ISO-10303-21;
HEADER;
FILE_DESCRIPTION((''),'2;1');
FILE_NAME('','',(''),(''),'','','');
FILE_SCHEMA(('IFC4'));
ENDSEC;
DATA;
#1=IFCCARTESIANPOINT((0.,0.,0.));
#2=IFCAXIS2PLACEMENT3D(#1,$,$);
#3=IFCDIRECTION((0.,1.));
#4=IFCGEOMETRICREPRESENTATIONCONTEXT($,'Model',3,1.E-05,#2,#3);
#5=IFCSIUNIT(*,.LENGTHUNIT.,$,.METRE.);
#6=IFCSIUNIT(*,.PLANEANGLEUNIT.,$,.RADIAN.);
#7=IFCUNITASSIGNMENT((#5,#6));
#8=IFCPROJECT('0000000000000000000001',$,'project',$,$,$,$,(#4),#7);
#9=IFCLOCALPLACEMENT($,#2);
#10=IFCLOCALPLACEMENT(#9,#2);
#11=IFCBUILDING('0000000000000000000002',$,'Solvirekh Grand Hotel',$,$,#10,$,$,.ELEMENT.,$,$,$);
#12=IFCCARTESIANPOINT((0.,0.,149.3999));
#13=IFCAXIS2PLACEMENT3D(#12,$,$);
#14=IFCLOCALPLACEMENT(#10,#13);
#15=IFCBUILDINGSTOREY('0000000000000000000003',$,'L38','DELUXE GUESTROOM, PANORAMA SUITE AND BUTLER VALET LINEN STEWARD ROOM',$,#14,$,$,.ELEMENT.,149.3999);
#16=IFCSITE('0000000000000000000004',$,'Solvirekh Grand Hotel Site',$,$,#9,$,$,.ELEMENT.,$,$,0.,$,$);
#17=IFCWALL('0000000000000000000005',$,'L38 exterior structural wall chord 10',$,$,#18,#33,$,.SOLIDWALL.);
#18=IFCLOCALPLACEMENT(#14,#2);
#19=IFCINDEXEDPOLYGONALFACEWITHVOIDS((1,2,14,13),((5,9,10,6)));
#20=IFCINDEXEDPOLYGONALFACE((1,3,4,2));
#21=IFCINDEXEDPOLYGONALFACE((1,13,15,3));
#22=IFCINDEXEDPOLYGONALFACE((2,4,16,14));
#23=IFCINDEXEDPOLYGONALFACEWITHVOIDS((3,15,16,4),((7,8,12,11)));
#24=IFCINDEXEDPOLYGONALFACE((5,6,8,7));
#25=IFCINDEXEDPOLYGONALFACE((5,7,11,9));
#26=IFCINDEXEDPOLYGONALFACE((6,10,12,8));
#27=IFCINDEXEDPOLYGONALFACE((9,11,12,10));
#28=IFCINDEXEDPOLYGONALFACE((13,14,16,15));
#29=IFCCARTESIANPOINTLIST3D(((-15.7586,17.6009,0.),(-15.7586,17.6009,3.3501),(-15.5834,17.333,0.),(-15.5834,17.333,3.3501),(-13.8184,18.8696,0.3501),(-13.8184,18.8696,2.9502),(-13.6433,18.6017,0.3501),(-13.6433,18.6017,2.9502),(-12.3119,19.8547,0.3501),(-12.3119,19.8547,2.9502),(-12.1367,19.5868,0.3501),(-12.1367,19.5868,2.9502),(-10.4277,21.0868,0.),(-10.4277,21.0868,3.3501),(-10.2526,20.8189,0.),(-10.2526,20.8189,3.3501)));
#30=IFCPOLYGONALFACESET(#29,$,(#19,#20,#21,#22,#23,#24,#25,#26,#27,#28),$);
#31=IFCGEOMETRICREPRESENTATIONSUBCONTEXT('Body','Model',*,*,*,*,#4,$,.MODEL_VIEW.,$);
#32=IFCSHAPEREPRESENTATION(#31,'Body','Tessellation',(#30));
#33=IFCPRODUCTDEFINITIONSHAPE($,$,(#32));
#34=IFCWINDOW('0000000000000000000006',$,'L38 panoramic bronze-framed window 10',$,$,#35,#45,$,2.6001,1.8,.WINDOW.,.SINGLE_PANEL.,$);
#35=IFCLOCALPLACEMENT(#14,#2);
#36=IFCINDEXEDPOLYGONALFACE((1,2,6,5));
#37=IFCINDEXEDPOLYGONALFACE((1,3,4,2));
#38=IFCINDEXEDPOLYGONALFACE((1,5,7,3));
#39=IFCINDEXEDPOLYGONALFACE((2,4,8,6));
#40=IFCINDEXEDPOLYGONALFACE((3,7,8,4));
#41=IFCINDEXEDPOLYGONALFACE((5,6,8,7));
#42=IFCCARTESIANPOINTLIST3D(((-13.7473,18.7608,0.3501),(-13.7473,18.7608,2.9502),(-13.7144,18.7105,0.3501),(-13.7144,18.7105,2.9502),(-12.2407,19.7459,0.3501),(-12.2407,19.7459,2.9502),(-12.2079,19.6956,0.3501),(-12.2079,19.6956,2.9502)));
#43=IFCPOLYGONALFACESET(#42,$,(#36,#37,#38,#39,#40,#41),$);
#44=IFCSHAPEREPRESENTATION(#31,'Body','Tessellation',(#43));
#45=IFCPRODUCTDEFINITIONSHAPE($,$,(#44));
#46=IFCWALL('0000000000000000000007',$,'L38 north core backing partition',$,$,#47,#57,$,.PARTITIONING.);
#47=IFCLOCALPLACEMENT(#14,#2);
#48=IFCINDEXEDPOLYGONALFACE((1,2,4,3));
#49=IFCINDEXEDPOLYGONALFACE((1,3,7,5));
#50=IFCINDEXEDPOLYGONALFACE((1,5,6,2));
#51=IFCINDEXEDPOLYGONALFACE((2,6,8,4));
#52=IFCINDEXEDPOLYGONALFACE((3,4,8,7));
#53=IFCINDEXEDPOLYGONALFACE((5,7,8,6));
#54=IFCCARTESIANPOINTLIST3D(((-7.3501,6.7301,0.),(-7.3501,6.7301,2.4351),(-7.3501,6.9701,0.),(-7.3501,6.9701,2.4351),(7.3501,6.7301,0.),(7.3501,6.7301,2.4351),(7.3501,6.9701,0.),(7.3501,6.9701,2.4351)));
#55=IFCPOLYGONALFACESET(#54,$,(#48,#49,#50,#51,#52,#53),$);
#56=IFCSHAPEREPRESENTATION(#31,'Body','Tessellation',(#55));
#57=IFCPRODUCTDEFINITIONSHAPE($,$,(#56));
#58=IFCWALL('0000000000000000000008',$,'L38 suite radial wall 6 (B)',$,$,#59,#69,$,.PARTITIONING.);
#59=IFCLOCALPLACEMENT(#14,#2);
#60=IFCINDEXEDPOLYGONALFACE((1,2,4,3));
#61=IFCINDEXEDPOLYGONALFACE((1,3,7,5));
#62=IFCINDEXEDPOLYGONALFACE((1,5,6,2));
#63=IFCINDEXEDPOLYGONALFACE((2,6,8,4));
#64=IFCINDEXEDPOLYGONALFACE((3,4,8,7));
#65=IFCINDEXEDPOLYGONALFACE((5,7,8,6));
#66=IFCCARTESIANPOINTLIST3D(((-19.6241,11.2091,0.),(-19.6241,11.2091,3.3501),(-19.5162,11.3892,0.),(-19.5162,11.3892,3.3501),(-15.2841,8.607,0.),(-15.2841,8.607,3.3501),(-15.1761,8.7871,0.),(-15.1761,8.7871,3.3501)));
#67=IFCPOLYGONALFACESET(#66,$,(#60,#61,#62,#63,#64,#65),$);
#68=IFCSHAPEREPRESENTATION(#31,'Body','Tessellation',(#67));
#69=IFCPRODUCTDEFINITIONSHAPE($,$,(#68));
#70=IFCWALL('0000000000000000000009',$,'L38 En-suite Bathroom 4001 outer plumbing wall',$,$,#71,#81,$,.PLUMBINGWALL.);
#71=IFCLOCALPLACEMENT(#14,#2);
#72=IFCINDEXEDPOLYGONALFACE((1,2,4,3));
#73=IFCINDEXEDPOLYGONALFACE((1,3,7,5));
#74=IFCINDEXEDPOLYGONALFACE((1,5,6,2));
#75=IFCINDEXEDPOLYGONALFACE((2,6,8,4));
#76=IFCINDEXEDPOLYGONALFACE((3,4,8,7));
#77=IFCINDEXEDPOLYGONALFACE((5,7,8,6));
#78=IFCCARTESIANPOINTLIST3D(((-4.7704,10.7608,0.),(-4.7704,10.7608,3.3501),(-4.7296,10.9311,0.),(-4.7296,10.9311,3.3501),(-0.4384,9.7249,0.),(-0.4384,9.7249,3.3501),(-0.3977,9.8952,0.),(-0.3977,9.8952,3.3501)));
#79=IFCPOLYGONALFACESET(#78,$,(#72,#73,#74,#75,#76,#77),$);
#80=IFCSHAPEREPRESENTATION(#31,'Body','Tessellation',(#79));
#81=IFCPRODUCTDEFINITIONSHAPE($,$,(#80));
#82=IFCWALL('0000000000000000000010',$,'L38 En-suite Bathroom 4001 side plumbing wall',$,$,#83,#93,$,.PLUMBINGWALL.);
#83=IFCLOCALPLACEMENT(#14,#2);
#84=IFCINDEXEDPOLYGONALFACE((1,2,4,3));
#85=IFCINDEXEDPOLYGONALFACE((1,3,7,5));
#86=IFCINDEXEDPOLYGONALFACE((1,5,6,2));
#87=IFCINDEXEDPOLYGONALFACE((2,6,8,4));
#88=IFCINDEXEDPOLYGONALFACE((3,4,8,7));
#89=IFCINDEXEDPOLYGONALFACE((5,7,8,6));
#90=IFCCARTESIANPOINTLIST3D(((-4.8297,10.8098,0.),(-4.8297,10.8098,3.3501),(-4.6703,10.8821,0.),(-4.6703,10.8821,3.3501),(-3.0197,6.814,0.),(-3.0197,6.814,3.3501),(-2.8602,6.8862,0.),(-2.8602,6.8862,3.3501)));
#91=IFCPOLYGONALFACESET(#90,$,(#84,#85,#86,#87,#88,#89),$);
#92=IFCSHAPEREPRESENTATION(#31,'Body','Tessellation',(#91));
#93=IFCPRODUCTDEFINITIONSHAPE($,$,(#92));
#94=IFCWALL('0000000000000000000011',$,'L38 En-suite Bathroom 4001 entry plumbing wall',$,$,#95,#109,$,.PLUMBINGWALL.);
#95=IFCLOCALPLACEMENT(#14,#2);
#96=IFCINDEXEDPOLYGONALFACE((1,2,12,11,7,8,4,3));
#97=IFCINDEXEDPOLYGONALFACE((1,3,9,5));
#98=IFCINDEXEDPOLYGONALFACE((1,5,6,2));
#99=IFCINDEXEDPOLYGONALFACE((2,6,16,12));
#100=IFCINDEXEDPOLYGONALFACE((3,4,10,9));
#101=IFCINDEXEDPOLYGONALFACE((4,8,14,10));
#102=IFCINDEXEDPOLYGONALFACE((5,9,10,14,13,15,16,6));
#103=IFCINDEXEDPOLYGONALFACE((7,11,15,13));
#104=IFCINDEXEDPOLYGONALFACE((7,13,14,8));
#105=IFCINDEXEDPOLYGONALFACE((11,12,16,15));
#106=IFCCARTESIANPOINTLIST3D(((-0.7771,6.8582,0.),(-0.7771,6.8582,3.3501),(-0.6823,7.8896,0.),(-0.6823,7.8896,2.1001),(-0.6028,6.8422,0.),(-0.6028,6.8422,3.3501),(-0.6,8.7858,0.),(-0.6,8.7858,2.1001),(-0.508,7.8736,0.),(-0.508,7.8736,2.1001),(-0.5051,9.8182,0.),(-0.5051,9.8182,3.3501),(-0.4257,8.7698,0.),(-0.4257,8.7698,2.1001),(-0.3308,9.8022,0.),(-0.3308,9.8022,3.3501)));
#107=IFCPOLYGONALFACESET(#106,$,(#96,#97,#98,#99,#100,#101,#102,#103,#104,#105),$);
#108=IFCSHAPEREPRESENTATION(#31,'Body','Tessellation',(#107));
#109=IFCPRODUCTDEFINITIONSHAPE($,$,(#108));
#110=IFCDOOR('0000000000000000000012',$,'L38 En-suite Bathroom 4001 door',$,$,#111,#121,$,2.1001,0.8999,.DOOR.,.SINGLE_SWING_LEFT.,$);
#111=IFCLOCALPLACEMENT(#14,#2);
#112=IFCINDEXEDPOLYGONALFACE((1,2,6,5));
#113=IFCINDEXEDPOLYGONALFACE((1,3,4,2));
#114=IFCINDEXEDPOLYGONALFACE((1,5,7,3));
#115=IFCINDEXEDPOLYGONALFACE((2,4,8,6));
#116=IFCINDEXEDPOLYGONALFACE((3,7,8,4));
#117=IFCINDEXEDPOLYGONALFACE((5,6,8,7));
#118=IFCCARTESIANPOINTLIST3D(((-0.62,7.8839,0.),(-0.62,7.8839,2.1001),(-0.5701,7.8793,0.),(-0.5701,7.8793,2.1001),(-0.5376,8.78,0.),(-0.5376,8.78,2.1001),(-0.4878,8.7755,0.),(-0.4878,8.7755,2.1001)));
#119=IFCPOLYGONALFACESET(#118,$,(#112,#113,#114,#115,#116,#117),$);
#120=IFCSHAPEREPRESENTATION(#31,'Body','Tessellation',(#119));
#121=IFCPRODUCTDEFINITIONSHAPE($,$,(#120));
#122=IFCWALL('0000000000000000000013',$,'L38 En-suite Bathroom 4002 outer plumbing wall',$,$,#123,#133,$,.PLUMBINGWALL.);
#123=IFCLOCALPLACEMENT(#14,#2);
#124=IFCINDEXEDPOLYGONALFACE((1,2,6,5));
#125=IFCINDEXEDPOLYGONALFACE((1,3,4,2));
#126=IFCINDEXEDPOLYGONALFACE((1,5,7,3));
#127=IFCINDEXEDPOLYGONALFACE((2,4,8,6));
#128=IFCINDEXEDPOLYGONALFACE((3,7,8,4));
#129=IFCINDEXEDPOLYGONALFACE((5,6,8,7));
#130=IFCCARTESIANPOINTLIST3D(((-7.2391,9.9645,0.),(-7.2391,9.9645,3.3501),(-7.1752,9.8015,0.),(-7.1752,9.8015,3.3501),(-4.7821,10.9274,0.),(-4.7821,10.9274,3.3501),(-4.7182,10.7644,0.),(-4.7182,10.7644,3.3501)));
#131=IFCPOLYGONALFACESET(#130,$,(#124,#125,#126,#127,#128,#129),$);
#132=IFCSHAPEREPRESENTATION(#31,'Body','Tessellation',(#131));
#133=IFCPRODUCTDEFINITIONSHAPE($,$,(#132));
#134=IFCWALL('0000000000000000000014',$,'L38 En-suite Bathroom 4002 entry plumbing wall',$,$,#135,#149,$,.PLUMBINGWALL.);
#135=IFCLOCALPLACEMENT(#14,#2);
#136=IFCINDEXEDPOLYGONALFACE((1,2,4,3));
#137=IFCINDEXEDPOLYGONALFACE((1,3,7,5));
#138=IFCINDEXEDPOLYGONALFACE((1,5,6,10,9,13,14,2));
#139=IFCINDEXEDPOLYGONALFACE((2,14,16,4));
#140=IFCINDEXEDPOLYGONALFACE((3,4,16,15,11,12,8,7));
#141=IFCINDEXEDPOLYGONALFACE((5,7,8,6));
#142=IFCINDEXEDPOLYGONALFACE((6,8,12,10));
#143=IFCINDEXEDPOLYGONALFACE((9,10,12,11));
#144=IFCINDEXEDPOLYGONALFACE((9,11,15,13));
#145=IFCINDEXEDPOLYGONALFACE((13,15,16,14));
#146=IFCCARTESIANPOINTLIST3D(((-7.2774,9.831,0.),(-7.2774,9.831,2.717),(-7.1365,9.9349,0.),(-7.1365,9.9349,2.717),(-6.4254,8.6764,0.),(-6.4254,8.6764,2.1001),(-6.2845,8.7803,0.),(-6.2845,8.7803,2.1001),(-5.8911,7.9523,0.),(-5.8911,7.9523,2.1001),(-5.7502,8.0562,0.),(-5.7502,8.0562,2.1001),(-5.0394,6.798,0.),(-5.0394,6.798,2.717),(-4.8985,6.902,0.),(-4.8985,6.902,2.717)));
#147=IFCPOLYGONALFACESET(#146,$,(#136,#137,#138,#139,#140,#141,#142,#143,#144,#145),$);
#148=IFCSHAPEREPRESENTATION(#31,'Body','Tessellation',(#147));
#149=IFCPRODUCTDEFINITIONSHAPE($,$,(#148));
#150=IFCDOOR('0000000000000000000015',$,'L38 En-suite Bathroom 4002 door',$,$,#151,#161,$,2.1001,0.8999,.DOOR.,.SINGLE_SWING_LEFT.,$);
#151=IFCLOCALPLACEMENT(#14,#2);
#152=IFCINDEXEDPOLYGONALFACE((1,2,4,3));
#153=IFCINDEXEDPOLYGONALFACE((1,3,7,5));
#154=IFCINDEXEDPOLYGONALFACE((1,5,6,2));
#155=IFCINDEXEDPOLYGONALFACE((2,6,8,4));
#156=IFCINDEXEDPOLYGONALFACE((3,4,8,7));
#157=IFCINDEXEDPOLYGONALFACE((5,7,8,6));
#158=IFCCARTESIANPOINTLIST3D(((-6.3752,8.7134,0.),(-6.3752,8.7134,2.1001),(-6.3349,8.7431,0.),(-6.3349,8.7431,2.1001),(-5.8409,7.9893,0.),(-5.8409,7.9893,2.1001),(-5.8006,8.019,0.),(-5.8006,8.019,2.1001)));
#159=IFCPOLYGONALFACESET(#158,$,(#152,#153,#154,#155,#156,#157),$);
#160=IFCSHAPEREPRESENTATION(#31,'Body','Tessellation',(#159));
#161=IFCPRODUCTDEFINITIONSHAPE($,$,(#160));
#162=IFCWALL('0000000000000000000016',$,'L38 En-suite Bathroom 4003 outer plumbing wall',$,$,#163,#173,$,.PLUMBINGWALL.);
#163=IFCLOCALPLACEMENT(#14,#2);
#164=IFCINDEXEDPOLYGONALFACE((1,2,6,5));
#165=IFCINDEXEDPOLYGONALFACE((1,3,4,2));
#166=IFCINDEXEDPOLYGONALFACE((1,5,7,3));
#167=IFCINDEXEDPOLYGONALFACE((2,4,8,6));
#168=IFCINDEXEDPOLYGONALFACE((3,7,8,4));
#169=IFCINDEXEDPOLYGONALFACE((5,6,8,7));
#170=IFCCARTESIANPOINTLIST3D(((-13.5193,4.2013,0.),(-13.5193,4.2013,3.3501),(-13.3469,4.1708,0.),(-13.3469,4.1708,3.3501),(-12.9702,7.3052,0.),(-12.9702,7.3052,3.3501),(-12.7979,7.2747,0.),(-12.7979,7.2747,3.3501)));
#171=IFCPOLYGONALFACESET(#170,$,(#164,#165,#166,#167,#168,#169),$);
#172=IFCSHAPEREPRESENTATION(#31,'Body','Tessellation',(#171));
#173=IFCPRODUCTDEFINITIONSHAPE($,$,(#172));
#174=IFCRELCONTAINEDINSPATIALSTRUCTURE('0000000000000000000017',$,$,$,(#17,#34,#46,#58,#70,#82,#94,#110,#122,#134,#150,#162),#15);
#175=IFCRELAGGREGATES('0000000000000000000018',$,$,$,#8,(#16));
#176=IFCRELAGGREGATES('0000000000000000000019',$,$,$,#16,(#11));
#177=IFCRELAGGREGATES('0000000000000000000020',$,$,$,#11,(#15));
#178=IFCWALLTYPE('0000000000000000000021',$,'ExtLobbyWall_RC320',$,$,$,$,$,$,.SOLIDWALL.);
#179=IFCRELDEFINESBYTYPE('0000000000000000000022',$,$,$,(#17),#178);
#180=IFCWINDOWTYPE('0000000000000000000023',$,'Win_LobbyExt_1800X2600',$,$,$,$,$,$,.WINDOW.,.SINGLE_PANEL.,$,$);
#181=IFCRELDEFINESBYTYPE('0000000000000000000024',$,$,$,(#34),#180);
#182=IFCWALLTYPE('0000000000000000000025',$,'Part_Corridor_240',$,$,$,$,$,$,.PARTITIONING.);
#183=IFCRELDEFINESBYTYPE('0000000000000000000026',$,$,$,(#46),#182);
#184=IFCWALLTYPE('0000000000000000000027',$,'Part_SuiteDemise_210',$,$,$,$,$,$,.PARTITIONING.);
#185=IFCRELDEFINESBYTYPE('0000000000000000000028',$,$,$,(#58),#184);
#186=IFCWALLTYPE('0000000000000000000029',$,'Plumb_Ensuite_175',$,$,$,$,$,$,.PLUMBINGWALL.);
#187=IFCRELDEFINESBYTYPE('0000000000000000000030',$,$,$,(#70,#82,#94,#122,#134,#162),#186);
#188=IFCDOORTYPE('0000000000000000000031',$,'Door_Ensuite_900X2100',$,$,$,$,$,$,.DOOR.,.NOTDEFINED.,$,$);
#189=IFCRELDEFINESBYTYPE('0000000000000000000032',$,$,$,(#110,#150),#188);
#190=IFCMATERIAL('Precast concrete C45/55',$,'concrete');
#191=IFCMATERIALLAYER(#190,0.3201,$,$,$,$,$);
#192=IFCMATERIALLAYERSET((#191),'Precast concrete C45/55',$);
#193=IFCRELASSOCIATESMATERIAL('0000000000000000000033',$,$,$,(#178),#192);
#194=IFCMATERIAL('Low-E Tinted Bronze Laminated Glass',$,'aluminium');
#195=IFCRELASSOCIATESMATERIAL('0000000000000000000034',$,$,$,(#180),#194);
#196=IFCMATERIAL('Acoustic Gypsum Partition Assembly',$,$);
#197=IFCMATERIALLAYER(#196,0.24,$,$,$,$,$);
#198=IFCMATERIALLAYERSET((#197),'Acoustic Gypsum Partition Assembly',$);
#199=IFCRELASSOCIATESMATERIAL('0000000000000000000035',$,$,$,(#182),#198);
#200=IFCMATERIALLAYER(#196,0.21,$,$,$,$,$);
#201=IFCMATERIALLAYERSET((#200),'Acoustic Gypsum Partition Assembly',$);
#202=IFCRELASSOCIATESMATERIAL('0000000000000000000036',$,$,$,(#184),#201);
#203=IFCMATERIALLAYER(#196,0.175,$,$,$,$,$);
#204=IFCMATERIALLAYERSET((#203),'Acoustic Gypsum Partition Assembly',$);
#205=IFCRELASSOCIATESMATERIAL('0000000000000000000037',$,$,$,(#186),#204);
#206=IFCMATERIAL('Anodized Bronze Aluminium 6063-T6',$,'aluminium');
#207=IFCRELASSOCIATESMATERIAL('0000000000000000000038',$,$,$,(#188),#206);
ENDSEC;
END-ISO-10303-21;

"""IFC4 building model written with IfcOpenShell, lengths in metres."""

from ifc_helpers import new_model, si_unit, direction, frame, frame_2d, origin, place, context, subcontext, project, spatial, rectangle, extrude, material, layer, layer_set, type_object, element, fill, save


model = new_model("IFC4")

# Units and contexts
model_context = context("Model", 3, precision=1e-05, world=origin(), true_north=direction((0.0, 1.0)))
body_context = subcontext(model_context, "Body", "Model", "MODEL_VIEW")
ifc_project = project(units=[si_unit("LENGTHUNIT", "METRE"), si_unit("PLANEANGLEUNIT", "RADIAN")], contexts=[model_context])

# Site, building, storey
site_placement = place(None, origin())
site = spatial("IfcSite", under=ifc_project, at=site_placement, Name="Solvirekh Grand Hotel Site", CompositionType="ELEMENT", RefElevation=0.0)
building_placement = place(site_placement, origin())
building = spatial("IfcBuilding", under=site, at=building_placement, Name="Solvirekh Grand Hotel", CompositionType="ELEMENT")
storey_placement = place(building_placement, frame((0.0, 0.0, 149.3999)))
storey = spatial("IfcBuildingStorey", under=building, at=storey_placement, Name="L38", Description="DELUXE GUESTROOM, PANORAMA SUITE AND BUTLER VALET LINEN STEWARD ROOM", CompositionType="ELEMENT", Elevation=149.3999)

# Shared definitions
ifc_material_1 = material(Name="Anodized Bronze Aluminium 6063-T6", Category="aluminium")

# Shared definitions
ifc_material_2 = material(Name="Low-E Tinted Bronze Laminated Glass", Category="aluminium")

# Wall, opening, window
ifc_material_3 = material(Name="Precast concrete C45/55", Category="concrete")
ifc_layer_1 = layer(ifc_material_3, 0.3201)
ifc_layer_set_1 = layer_set([ifc_layer_1], Name="Precast concrete C45/55")
wall_type_1 = type_object("IfcWallType", Name="ExtLobbyWall_RC320", PredefinedType="SOLIDWALL", material=ifc_layer_set_1)
window_type = type_object("IfcWindowType", Name="Win_LobbyExt_1800X2600", PartitioningType="SINGLE_PANEL", PredefinedType="WINDOW", material=ifc_material_2)
wall_1_placement = place(storey_placement, frame((-15.6709, 17.467, 0.0), z_axis=(0.0, 0.0, 1.0), x_axis=(0.836947, 0.547283, 0.0)))
wall_1 = element("IfcWall", 1, at=wall_1_placement, inside=storey, type_object=wall_type_1, Name="L38 exterior structural wall chord 10", PredefinedType="SOLIDWALL", context=body_context, shape_type="SweptSolid", body=[
    extrude(rectangle(XDim=6.3694, YDim=0.3201, at=frame_2d((3.1846, 0.0))), origin(), (0.0, 0.0, 1.0), 3.3501),
])
opening_1_placement = place(wall_1_placement, frame((2.3181, 0.0, 0.3501)))
opening_1 = element("IfcOpeningElement", 2, at=opening_1_placement, cuts=wall_1, PredefinedType="OPENING", context=body_context, shape_type="SweptSolid", body=[
    extrude(rectangle(XDim=1.8, YDim=2.6001, at=frame_2d((0.8999, 1.3))), frame((0.0, 0.1699, 0.0), z_axis=(0.0, -1.0, 0.0), x_axis=(1.0, 0.0, 0.0)), (0.0, 0.0, 1.0), 0.3401),
])
window_1_placement = place(opening_1_placement, origin())
window_1 = element("IfcWindow", 3, at=window_1_placement, inside=storey, type_object=window_type, Name="L38 panoramic bronze-framed window 10", OverallHeight=2.6001, OverallWidth=1.8, PartitioningType="SINGLE_PANEL", PredefinedType="WINDOW", context=body_context, shape_type="SweptSolid", body=[
    extrude(rectangle(XDim=1.8, YDim=2.6001, at=frame_2d((0.8999, 1.3))), frame((0.0, 0.03, 0.0), z_axis=(0.0, -1.0, 0.0), x_axis=(1.0, 0.0, 0.0)), (0.0, 0.0, 1.0), 0.0601),
])
fill(opening_1, window_1)

# Walls
ifc_material_4 = material(Name="Acoustic Gypsum Partition Assembly")
ifc_layer_2 = layer(ifc_material_4, 0.24)
ifc_layer_set_2 = layer_set([ifc_layer_2], Name="Acoustic Gypsum Partition Assembly")
wall_type_2 = type_object("IfcWallType", Name="Part_Corridor_240", PredefinedType="PARTITIONING", material=ifc_layer_set_2)
wall_2_placement = place(storey_placement, frame((-7.3501, 6.8501, 0.0), z_axis=(0.0, 0.0, 1.0), x_axis=(1.0, 0.0, 0.0)))
element("IfcWall", 4, at=wall_2_placement, inside=storey, type_object=wall_type_2, Name="L38 north core backing partition", PredefinedType="PARTITIONING", context=body_context, shape_type="SweptSolid", body=[
    extrude(rectangle(XDim=14.7002, YDim=0.24, at=frame_2d((7.3501, 0.0))), origin(), (0.0, 0.0, 1.0), 2.4351),
])
ifc_layer_3 = layer(ifc_material_4, 0.21)
ifc_layer_set_3 = layer_set([ifc_layer_3], Name="Acoustic Gypsum Partition Assembly")
wall_type_3 = type_object("IfcWallType", Name="Part_SuiteDemise_210", PredefinedType="PARTITIONING", material=ifc_layer_set_3)
wall_3_placement = place(storey_placement, frame((-15.23, 8.697, 0.0), z_axis=(0.0, 0.0, 1.0), x_axis=(-0.857667, 0.514205, 0.0)))
element("IfcWall", 5, at=wall_3_placement, inside=storey, type_object=wall_type_3, Name="L38 suite radial wall 6 (B)", PredefinedType="PARTITIONING", context=body_context, shape_type="SweptSolid", body=[
    extrude(rectangle(XDim=5.0603, YDim=0.21, at=frame_2d((2.5303, 0.0))), origin(), (0.0, 0.0, 1.0), 3.3501),
])
ifc_layer_4 = layer(ifc_material_4, 0.175)
ifc_layer_set_4 = layer_set([ifc_layer_4], Name="Acoustic Gypsum Partition Assembly")
wall_type_4 = type_object("IfcWallType", Name="Plumb_Ensuite_175", PredefinedType="PLUMBINGWALL", material=ifc_layer_set_4)
wall_4_placement = place(storey_placement, frame((-4.75, 10.8459, 0.0), z_axis=(0.0, 0.0, 1.0), x_axis=(0.972581, -0.232566, 0.0)))
element("IfcWall", 6, at=wall_4_placement, inside=storey, type_object=wall_type_4, Name="L38 En-suite Bathroom 4001 outer plumbing wall", PredefinedType="PLUMBINGWALL", context=body_context, shape_type="SweptSolid", body=[
    extrude(rectangle(XDim=4.4541, YDim=0.175, at=frame_2d((2.2271, 0.0))), origin(), (0.0, 0.0, 1.0), 3.3501),
])
wall_5_placement = place(storey_placement, frame((-4.75, 10.8459, 0.0), z_axis=(0.0, 0.0, 1.0), x_axis=(0.412624, -0.910901, 0.0)))
element("IfcWall", 7, at=wall_5_placement, inside=storey, type_object=wall_type_4, Name="L38 En-suite Bathroom 4001 side plumbing wall", PredefinedType="PLUMBINGWALL", context=body_context, shape_type="SweptSolid", body=[
    extrude(rectangle(XDim=4.3867, YDim=0.175, at=frame_2d((2.1934, 0.0))), origin(), (0.0, 0.0, 1.0), 3.3501),
])

# Wall, opening, door
wall_6_placement = place(storey_placement, frame((-0.6899, 6.8501, 0.0), z_axis=(0.0, 0.0, 1.0), x_axis=(0.091498, 0.995805, 0.0)))
wall_6 = element("IfcWall", 8, at=wall_6_placement, inside=storey, type_object=wall_type_4, Name="L38 En-suite Bathroom 4001 entry plumbing wall", PredefinedType="PLUMBINGWALL", context=body_context, shape_type="SweptSolid", body=[
    extrude(rectangle(XDim=2.9724, YDim=0.175, at=frame_2d((1.4863, 0.0))), origin(), (0.0, 0.0, 1.0), 3.3501),
])
opening_2_placement = place(wall_6_placement, frame((1.0359, 0.0, 0.0)))
opening_2 = element("IfcOpeningElement", 9, at=opening_2_placement, cuts=wall_6, PredefinedType="OPENING", context=body_context, shape_type="SweptSolid", body=[
    extrude(rectangle(XDim=0.8999, YDim=2.1001, at=frame_2d((0.45, 1.05))), frame((0.0, 0.0977, 0.0), z_axis=(0.0, -1.0, 0.0), x_axis=(1.0, 0.0, 0.0)), (0.0, 0.0, 1.0), 0.1951),
])
door_type = type_object("IfcDoorType", Name="Door_Ensuite_900X2100", OperationType="NOTDEFINED", PredefinedType="DOOR", material=ifc_material_1)
door_1_placement = place(opening_2_placement, origin())
door_1 = element("IfcDoor", 10, at=door_1_placement, inside=storey, type_object=door_type, Name="L38 En-suite Bathroom 4001 door", OperationType="SINGLE_SWING_LEFT", OverallHeight=2.1001, OverallWidth=0.8999, PredefinedType="DOOR", context=body_context, shape_type="SweptSolid", body=[
    extrude(rectangle(XDim=0.8999, YDim=2.1001, at=frame_2d((0.45, 1.05))), frame((0.0, 0.0249, 0.0), z_axis=(0.0, -1.0, 0.0), x_axis=(1.0, 0.0, 0.0)), (0.0, 0.0, 1.0), 0.05),
])
fill(opening_2, door_1)

# Wall
wall_7_placement = place(storey_placement, frame((-7.207, 9.8831, 0.0), z_axis=(0.0, 0.0, 1.0), x_axis=(0.931057, 0.364874, 0.0)))
element("IfcWall", 11, at=wall_7_placement, inside=storey, type_object=wall_type_4, Name="L38 En-suite Bathroom 4002 outer plumbing wall", PredefinedType="PLUMBINGWALL", context=body_context, shape_type="SweptSolid", body=[
    extrude(rectangle(XDim=2.6389, YDim=0.175, at=frame_2d((1.3193, 0.0))), origin(), (0.0, 0.0, 1.0), 3.3501),
])

# Wall, opening, door
wall_8_placement = place(storey_placement, frame((-7.207, 9.8831, 0.0), z_axis=(0.0, 0.0, 1.0), x_axis=(0.593753, -0.804647, 0.0)))
wall_8 = element("IfcWall", 12, at=wall_8_placement, inside=storey, type_object=wall_type_4, Name="L38 En-suite Bathroom 4002 entry plumbing wall", PredefinedType="PLUMBINGWALL", context=body_context, shape_type="SweptSolid", body=[
    extrude(rectangle(XDim=3.7693, YDim=0.175, at=frame_2d((1.8848, 0.0))), origin(), (0.0, 0.0, 1.0), 2.717),
])
opening_3_placement = place(wall_8_placement, frame((1.4351, 0.0, 0.0)))
opening_3 = element("IfcOpeningElement", 13, at=opening_3_placement, cuts=wall_8, PredefinedType="OPENING", context=body_context, shape_type="SweptSolid", body=[
    extrude(rectangle(XDim=0.8999, YDim=2.1001, at=frame_2d((0.45, 1.05))), frame((0.0, 0.0977, 0.0), z_axis=(0.0, -1.0, 0.0), x_axis=(1.0, 0.0, 0.0)), (0.0, 0.0, 1.0), 0.1951),
])
door_2_placement = place(opening_3_placement, origin())
door_2 = element("IfcDoor", 14, at=door_2_placement, inside=storey, type_object=door_type, Name="L38 En-suite Bathroom 4002 door", OperationType="SINGLE_SWING_LEFT", OverallHeight=2.1001, OverallWidth=0.8999, PredefinedType="DOOR", context=body_context, shape_type="SweptSolid", body=[
    extrude(rectangle(XDim=0.8999, YDim=2.1001, at=frame_2d((0.45, 1.05))), frame((0.0, 0.0249, 0.0), z_axis=(0.0, -1.0, 0.0), x_axis=(1.0, 0.0, 0.0)), (0.0, 0.0, 1.0), 0.05),
])
fill(opening_3, door_2)

# Wall
wall_9_placement = place(storey_placement, frame((-12.884, 7.29, 0.0), z_axis=(0.0, 0.0, 1.0), x_axis=(-0.174187, -0.984713, 0.0)))
element("IfcWall", 15, at=wall_9_placement, inside=storey, type_object=wall_type_4, Name="L38 En-suite Bathroom 4003 outer plumbing wall", PredefinedType="PLUMBINGWALL", context=body_context, shape_type="SweptSolid", body=[
    extrude(rectangle(XDim=3.1521, YDim=0.175, at=frame_2d((1.5762, 0.0))), origin(), (0.0, 0.0, 1.0), 3.3501),
])

save(model, "model.ifc")
